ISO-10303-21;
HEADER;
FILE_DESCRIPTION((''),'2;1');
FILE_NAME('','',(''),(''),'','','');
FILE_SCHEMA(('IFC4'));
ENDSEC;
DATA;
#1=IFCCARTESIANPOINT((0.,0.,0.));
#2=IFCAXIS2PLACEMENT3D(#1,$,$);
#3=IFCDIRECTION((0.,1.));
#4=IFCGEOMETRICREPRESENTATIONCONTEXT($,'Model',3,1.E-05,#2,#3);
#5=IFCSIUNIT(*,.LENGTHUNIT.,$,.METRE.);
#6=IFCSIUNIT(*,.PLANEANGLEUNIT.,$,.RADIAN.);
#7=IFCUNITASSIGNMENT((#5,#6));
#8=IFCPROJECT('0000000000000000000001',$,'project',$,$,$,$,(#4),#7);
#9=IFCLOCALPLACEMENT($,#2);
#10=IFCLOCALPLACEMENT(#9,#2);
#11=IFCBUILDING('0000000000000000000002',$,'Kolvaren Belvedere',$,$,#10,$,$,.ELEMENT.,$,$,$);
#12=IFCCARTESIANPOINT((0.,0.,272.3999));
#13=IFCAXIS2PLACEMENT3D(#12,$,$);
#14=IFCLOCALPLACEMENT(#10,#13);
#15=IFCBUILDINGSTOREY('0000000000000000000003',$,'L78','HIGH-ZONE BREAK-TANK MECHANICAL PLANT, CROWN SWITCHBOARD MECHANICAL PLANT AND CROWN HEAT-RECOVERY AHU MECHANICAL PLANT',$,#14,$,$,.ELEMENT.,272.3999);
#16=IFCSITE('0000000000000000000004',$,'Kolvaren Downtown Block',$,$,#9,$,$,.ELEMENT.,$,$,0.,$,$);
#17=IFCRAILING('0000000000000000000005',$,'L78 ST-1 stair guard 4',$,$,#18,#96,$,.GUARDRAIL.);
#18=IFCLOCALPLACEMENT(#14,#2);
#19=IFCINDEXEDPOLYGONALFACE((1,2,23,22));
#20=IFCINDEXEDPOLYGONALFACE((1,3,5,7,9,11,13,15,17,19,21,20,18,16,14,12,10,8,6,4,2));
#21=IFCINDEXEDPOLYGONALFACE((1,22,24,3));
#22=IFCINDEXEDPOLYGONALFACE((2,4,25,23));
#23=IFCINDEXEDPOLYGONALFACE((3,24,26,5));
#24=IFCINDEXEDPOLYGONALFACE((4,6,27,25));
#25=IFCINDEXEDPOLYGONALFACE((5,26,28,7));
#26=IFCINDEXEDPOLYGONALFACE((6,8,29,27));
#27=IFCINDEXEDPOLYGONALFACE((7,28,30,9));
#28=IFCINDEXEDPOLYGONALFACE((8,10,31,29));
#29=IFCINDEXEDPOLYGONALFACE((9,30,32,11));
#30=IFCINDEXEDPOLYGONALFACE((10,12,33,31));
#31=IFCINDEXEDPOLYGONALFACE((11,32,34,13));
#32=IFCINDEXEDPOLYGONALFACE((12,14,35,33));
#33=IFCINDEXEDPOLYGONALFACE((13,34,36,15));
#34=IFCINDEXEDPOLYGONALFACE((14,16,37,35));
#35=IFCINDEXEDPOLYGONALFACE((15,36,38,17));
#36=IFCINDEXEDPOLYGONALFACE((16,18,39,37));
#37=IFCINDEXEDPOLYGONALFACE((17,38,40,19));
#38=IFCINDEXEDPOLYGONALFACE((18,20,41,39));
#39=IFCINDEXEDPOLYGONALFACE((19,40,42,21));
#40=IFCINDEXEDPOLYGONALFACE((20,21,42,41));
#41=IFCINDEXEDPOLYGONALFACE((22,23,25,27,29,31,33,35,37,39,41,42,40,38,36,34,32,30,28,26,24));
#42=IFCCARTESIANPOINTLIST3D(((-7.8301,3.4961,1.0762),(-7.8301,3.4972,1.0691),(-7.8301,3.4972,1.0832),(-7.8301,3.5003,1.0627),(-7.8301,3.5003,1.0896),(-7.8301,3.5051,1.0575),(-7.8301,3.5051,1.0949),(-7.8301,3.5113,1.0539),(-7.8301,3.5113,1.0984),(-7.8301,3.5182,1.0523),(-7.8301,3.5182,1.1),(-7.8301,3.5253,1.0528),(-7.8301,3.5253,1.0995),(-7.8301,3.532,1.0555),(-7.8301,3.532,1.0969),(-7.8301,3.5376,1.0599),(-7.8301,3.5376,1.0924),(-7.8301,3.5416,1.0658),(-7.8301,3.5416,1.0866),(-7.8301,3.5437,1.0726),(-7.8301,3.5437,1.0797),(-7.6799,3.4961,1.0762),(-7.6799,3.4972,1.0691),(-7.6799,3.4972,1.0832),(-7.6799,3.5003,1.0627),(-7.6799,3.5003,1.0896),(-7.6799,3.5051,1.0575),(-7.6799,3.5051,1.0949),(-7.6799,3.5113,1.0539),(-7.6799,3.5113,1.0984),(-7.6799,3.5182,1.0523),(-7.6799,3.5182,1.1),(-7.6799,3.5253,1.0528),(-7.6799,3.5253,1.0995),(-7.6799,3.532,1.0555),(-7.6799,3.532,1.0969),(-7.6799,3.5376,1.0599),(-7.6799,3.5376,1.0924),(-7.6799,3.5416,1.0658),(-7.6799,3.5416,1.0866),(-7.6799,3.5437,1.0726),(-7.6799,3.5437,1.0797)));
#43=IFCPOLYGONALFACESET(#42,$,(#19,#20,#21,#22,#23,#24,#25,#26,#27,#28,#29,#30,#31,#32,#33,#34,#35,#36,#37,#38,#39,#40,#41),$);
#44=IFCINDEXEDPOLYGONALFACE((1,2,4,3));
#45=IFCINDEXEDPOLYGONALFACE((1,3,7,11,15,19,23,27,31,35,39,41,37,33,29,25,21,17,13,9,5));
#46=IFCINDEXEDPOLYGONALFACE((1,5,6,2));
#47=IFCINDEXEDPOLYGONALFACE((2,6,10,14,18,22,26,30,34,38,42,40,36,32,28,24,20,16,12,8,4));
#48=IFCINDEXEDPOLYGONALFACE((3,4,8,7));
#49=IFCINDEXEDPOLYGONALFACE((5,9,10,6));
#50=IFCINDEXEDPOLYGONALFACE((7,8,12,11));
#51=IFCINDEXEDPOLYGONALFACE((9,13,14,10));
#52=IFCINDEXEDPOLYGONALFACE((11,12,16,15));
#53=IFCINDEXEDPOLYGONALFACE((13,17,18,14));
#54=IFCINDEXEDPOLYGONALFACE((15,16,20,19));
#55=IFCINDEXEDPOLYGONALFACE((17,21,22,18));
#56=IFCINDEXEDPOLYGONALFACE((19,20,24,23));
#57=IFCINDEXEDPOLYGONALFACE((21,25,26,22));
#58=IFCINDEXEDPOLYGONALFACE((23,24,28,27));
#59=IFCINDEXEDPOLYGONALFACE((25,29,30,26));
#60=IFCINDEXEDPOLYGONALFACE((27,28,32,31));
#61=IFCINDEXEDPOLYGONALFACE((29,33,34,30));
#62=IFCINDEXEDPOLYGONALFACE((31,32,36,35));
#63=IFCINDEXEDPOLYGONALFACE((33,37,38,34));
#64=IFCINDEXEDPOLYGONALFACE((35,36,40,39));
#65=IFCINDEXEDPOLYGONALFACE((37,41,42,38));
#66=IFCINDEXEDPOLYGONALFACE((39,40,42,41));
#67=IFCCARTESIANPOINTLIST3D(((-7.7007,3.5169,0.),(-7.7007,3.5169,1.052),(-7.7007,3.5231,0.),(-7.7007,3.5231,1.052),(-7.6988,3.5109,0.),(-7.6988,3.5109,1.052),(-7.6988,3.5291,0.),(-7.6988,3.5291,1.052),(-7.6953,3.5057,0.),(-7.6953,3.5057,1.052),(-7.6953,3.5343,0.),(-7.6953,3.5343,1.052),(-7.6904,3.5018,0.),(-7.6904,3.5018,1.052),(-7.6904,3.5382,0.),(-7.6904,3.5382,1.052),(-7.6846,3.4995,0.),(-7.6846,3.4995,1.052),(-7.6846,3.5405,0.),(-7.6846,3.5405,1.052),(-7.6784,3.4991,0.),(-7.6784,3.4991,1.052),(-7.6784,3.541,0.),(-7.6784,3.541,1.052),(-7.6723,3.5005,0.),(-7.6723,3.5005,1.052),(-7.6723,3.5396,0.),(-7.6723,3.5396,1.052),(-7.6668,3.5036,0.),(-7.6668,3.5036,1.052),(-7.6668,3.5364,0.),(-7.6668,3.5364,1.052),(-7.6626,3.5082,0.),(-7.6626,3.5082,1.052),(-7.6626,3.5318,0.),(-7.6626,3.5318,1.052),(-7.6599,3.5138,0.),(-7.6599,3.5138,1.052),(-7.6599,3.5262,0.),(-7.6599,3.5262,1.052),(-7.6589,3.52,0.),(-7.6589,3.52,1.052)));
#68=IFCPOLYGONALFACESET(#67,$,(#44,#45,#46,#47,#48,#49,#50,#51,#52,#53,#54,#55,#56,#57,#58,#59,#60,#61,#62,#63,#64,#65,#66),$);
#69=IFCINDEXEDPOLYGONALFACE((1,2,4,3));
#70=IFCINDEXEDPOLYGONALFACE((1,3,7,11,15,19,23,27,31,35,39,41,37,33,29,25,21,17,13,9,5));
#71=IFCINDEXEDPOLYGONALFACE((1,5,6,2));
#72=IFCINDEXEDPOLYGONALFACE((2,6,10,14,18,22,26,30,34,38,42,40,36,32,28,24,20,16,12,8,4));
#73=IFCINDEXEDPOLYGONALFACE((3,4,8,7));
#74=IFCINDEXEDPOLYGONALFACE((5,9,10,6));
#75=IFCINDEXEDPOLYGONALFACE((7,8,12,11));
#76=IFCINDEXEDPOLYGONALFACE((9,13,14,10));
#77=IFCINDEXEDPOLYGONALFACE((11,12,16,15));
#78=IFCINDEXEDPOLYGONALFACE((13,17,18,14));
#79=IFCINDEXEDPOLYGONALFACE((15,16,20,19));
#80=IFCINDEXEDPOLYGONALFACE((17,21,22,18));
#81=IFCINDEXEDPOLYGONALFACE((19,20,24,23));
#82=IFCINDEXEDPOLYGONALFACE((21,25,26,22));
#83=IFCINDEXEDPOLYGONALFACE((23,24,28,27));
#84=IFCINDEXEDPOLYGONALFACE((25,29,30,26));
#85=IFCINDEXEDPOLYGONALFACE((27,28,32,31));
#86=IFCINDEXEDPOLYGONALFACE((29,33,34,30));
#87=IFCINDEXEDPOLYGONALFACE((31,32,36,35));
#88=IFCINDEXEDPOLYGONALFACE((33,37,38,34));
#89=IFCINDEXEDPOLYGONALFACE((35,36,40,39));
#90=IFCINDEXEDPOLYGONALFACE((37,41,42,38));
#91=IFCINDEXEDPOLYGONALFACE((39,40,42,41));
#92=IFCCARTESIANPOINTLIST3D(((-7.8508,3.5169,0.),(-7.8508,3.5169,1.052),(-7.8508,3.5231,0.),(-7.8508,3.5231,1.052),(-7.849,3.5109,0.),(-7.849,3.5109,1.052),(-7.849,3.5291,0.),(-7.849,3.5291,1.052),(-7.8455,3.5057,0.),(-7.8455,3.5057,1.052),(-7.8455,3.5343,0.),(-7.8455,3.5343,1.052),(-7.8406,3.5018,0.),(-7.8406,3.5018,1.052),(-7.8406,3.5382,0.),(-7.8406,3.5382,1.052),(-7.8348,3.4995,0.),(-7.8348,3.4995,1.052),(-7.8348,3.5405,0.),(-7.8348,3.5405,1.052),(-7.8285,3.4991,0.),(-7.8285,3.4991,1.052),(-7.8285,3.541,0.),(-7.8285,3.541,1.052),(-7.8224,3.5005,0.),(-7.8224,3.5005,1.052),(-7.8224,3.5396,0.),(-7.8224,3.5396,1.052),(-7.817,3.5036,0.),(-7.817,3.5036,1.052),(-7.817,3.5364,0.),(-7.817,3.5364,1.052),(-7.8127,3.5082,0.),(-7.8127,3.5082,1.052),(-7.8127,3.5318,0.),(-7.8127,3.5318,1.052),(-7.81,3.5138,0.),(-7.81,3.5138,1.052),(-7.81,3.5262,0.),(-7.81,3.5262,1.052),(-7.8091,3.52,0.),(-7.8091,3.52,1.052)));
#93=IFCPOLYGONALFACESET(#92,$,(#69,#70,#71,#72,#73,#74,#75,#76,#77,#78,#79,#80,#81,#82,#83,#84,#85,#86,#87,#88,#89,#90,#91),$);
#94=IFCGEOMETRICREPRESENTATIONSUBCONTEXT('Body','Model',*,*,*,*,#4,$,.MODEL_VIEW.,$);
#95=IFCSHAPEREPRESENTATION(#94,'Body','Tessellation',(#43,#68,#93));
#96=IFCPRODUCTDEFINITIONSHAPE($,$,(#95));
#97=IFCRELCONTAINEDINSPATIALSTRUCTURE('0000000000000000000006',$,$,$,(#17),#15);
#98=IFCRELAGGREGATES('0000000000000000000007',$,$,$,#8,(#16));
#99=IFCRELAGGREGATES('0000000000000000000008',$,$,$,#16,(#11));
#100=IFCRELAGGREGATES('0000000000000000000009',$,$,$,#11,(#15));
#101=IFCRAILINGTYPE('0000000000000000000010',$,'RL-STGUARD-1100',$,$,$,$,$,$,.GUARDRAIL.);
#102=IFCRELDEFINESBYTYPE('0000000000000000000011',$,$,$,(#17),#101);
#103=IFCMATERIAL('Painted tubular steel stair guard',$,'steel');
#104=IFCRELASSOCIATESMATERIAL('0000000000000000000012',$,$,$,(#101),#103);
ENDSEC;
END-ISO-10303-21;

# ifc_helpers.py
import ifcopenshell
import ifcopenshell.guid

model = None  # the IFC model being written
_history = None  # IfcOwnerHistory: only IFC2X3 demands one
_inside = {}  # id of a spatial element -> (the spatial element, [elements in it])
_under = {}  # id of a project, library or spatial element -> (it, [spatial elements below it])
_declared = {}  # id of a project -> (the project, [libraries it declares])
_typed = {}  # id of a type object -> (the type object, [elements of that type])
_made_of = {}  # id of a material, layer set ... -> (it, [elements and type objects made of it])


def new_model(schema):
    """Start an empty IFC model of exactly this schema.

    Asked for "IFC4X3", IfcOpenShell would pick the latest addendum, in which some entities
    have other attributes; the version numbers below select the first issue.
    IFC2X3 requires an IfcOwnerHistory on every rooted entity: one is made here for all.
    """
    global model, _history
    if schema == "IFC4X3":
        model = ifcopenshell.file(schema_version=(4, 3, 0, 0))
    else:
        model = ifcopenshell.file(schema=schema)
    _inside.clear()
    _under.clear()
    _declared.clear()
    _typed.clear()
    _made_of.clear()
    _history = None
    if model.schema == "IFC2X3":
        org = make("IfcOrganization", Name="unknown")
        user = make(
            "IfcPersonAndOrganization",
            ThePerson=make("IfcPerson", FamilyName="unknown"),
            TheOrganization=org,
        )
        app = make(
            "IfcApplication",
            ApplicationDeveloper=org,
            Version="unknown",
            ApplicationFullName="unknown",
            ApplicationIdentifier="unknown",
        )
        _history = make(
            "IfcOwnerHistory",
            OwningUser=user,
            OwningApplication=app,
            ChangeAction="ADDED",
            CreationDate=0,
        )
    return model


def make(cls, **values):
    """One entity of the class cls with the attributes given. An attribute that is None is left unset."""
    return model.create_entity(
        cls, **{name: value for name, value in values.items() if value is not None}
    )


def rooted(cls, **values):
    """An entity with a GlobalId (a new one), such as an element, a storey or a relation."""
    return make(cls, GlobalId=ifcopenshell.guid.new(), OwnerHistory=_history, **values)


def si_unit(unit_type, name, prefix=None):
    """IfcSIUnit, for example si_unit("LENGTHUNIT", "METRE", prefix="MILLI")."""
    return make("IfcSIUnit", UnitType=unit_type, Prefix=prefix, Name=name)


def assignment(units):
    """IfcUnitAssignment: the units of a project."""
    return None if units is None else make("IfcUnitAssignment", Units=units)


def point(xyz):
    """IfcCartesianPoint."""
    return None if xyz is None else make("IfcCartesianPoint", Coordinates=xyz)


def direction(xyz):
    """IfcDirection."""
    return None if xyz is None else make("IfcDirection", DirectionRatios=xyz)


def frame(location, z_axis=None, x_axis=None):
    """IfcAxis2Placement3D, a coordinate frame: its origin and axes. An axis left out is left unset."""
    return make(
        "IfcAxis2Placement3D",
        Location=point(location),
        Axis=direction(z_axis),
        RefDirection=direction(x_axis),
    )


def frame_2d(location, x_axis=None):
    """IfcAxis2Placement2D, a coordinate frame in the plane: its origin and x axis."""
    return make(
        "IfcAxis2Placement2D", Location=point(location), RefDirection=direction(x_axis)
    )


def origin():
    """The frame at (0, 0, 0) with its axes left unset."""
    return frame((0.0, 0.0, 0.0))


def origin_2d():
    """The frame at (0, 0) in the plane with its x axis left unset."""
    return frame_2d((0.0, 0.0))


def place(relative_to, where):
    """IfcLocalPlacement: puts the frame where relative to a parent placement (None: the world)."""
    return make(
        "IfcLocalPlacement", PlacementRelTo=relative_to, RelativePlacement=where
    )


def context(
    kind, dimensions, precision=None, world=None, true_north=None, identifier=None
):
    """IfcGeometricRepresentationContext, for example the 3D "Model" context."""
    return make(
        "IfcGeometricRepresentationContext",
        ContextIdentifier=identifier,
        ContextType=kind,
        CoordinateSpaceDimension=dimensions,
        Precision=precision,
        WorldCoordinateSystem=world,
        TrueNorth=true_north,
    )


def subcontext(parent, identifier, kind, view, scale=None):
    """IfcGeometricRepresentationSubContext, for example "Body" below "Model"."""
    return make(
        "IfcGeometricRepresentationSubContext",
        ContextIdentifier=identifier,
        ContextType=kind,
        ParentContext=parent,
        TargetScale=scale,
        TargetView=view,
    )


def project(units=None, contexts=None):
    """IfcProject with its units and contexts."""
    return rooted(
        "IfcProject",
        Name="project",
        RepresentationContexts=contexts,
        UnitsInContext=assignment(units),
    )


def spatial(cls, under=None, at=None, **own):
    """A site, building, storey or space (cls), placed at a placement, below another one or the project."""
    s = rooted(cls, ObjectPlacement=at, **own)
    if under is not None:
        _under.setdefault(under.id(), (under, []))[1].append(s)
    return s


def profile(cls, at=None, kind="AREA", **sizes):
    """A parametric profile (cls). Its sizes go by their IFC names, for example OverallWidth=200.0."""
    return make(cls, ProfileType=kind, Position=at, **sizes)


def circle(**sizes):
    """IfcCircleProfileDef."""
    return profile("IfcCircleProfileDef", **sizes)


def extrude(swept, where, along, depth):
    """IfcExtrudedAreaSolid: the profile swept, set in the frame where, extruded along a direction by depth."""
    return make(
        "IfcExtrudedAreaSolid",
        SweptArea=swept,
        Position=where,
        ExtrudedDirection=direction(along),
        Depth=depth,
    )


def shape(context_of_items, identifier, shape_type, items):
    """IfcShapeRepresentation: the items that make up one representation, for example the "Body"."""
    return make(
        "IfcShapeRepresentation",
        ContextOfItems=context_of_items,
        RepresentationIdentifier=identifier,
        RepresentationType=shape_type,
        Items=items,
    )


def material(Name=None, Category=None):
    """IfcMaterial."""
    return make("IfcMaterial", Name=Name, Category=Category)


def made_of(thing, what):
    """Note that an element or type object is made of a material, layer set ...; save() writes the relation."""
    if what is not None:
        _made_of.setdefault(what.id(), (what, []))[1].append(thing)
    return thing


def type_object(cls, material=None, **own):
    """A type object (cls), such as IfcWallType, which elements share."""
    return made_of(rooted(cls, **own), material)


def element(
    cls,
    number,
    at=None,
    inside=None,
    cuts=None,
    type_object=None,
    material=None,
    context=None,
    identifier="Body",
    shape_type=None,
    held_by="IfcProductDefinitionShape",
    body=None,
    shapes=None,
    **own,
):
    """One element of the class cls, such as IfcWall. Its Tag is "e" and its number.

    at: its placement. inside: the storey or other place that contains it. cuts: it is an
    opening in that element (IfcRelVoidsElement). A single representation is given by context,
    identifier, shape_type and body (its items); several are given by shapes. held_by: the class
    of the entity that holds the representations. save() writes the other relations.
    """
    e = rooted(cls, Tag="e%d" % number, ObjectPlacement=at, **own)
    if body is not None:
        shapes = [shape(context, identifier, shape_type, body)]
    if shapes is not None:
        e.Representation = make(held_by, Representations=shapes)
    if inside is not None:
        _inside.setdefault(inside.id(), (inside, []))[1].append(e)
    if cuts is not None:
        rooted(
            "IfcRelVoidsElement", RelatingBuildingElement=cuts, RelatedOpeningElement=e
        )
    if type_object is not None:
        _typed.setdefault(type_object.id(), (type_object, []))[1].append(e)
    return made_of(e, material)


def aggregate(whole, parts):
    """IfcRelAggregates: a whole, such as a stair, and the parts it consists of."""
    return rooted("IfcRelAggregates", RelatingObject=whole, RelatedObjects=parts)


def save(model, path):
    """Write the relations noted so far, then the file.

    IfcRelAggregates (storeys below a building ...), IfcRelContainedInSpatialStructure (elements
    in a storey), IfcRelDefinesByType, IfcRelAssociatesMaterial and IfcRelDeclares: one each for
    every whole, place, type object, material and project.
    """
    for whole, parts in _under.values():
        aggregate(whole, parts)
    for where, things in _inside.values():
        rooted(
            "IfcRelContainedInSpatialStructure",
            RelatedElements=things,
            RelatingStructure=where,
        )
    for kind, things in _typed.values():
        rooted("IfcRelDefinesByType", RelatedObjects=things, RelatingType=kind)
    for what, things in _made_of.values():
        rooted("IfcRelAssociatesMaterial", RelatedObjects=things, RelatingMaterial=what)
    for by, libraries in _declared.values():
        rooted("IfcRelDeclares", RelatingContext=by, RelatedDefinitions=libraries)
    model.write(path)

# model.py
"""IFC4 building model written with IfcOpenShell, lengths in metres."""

from ifc_helpers import new_model, si_unit, direction, frame, origin, origin_2d, place, context, subcontext, project, spatial, circle, extrude, material, type_object, element, save


model = new_model("IFC4")

# Units and contexts
model_context = context("Model", 3, precision=1e-05, world=origin(), true_north=direction((0.0, 1.0)))
body_context = subcontext(model_context, "Body", "Model", "MODEL_VIEW")
ifc_project = project(units=[si_unit("LENGTHUNIT", "METRE"), si_unit("PLANEANGLEUNIT", "RADIAN")], contexts=[model_context])

# Site, building, storey
site_placement = place(None, origin())
site = spatial("IfcSite", under=ifc_project, at=site_placement, Name="Kolvaren Downtown Block", CompositionType="ELEMENT", RefElevation=0.0)
building_placement = place(site_placement, origin())
building = spatial("IfcBuilding", under=site, at=building_placement, Name="Kolvaren Belvedere", CompositionType="ELEMENT")
storey_placement = place(building_placement, frame((0.0, 0.0, 272.3999)))
storey = spatial("IfcBuildingStorey", under=building, at=storey_placement, Name="L78", Description="HIGH-ZONE BREAK-TANK MECHANICAL PLANT, CROWN SWITCHBOARD MECHANICAL PLANT AND CROWN HEAT-RECOVERY AHU MECHANICAL PLANT", CompositionType="ELEMENT", Elevation=272.3999)

# Railing
ifc_material_1 = material(Name="Painted tubular steel stair guard", Category="steel")
railing_type_1 = type_object("IfcRailingType", Name="RL-STGUARD-1100", PredefinedType="GUARDRAIL", material=ifc_material_1)
railing_1_placement = place(storey_placement, frame((-7.6799, 3.52, 0.0)))
element("IfcRailing", 1, at=railing_1_placement, inside=storey, type_object=railing_type_1, Name="L78 ST-1 stair guard 4", PredefinedType="GUARDRAIL", context=body_context, shape_type="SweptSolid", body=[
    extrude(circle(Radius=0.0239, at=origin_2d()), frame((0.0, 0.0, 1.0762), z_axis=(-1.0, 0.0, 0.0), x_axis=(0.0, -1.0, 0.0)), (0.0, 0.0, 1.0), 0.1501),
    extrude(circle(Radius=0.021, at=origin_2d()), origin(), (0.0, 0.0, 1.0), 1.052),
    extrude(circle(Radius=0.021, at=origin_2d()), frame((-0.1501, 0.0, 0.0)), (0.0, 0.0, 1.0), 1.052),
])

save(model, "model.ifc")
